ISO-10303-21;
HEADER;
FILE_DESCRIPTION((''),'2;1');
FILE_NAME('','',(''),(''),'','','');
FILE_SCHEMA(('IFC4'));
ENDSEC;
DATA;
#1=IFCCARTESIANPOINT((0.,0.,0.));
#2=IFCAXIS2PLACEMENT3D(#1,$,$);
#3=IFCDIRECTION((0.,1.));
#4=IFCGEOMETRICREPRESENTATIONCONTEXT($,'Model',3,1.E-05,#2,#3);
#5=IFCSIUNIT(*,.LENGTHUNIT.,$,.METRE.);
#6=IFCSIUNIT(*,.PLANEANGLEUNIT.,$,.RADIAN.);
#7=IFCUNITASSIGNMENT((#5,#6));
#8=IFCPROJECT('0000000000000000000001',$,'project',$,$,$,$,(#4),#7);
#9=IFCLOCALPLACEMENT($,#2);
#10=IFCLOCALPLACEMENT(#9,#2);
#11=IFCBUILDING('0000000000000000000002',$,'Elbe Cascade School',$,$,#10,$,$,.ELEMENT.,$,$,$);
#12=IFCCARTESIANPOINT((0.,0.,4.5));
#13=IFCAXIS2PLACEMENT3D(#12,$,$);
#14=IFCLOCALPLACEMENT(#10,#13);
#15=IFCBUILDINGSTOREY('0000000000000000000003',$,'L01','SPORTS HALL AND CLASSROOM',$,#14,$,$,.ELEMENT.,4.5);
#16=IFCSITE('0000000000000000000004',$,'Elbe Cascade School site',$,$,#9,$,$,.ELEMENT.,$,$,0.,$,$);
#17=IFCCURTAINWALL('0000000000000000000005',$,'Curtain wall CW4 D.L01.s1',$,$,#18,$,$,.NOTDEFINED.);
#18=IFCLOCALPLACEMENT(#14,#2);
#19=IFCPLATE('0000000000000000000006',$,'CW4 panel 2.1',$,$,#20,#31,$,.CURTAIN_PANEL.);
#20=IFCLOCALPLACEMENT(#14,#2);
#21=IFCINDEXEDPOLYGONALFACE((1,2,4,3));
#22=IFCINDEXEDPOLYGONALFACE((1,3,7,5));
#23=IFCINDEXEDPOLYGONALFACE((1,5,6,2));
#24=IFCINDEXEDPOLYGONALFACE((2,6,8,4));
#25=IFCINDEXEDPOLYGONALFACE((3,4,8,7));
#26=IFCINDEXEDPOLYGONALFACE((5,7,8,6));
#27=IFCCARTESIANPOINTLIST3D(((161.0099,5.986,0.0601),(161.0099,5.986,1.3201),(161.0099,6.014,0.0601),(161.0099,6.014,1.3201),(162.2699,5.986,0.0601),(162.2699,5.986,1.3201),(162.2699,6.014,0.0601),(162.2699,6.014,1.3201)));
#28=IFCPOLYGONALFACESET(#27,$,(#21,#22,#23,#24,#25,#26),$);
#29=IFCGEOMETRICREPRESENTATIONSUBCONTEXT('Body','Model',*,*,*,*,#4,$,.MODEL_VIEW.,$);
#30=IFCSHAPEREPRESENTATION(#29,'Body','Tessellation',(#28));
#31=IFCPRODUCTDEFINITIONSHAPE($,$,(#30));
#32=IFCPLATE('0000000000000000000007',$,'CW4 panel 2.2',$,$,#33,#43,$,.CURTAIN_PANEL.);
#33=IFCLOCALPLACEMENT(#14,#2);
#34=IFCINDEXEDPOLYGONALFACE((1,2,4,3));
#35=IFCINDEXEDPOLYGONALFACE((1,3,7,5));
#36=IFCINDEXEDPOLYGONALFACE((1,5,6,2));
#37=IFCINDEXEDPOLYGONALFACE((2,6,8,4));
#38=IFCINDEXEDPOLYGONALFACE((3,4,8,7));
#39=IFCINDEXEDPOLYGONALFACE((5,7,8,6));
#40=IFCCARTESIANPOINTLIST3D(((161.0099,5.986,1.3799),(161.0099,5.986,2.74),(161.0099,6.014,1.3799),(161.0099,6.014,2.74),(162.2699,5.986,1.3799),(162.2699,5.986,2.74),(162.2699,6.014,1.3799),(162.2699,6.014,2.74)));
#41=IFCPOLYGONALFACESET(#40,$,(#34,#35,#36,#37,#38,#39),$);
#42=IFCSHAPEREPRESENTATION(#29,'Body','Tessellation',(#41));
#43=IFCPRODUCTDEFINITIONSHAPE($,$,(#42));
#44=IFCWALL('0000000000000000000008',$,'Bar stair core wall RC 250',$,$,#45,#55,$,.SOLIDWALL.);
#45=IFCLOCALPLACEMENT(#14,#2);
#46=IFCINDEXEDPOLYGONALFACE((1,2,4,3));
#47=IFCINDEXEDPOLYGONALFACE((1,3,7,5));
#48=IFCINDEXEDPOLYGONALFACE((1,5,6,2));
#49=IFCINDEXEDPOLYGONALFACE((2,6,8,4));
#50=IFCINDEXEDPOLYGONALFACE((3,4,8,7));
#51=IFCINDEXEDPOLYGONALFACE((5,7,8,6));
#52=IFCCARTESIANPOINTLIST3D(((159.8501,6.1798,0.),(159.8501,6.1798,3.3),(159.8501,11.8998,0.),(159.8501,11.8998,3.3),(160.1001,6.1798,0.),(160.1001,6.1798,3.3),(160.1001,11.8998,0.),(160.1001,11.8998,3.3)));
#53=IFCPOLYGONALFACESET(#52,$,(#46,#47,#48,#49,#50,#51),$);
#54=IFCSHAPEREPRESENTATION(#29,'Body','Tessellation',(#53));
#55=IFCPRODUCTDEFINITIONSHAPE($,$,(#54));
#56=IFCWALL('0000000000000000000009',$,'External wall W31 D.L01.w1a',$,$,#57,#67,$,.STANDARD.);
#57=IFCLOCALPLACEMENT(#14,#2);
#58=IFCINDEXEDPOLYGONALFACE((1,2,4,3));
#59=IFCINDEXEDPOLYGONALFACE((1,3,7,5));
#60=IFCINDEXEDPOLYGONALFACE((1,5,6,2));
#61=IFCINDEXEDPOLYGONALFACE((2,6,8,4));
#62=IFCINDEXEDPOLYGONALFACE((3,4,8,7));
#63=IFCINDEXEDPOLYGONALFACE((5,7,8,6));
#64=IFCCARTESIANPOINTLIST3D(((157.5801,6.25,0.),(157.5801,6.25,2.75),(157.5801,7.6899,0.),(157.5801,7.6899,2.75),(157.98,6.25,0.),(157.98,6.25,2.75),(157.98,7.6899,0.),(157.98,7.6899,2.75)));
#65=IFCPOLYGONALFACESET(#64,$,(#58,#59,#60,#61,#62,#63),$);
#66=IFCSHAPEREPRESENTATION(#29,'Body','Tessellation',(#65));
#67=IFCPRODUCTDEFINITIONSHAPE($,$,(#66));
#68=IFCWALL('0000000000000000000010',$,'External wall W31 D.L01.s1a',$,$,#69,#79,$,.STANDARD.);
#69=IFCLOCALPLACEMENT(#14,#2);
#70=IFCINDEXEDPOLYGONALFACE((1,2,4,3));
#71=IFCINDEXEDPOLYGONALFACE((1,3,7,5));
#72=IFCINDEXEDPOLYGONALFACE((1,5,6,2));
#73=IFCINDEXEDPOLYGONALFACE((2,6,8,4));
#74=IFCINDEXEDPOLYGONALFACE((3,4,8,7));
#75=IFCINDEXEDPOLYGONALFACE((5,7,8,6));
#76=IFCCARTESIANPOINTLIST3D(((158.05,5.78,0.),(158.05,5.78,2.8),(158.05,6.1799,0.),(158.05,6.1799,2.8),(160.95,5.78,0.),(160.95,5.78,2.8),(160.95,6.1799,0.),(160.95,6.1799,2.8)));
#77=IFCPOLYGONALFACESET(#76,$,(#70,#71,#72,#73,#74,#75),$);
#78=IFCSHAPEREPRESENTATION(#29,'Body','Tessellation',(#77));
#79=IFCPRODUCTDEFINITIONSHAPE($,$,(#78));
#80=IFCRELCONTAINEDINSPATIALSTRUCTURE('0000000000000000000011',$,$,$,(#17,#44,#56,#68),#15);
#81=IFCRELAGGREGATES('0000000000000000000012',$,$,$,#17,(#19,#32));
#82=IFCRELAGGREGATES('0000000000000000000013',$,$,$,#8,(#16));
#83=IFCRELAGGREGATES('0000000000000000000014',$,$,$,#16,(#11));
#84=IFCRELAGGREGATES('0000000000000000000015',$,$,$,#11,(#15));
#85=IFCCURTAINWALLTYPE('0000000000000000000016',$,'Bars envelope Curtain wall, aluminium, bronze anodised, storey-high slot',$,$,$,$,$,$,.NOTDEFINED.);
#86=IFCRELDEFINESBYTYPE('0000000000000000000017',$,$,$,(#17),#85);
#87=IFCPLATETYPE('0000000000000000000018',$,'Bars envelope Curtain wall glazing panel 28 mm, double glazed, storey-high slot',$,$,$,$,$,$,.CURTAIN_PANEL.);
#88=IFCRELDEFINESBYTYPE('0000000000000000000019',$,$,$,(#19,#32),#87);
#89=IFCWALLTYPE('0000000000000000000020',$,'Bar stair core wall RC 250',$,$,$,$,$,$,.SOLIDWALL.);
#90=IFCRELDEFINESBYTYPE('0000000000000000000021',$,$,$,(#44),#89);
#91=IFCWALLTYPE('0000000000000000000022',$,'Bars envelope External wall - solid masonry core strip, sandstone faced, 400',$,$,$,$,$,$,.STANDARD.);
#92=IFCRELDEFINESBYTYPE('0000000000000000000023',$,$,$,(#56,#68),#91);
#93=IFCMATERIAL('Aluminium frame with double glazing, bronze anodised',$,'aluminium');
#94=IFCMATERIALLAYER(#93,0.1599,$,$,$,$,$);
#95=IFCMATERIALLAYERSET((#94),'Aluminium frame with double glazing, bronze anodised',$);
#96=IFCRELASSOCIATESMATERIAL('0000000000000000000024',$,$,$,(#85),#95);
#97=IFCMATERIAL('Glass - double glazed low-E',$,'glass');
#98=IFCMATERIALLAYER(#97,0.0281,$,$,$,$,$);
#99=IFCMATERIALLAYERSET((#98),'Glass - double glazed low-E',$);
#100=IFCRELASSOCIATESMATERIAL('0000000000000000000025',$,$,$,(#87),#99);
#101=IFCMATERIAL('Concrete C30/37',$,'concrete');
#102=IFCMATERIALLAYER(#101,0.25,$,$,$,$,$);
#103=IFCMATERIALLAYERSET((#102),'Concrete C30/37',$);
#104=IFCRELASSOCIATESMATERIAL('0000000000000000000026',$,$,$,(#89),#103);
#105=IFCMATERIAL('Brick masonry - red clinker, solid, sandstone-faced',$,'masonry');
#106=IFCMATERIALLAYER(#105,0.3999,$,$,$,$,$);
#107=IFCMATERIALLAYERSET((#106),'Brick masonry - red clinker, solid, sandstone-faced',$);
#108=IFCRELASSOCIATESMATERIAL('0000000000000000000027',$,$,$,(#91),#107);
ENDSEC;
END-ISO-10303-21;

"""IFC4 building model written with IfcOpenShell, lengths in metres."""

from ifc_helpers import new_model, si_unit, direction, frame, frame_2d, origin, origin_2d, place, context, subcontext, project, spatial, rectangle, extrude, material, layer, layer_set, type_object, element, aggregate, save


model = new_model("IFC4")

# Units and contexts
model_context = context("Model", 3, precision=1e-05, world=origin(), true_north=direction((0.0, 1.0)))
body_context = subcontext(model_context, "Body", "Model", "MODEL_VIEW")
ifc_project = project(units=[si_unit("LENGTHUNIT", "METRE"), si_unit("PLANEANGLEUNIT", "RADIAN")], contexts=[model_context])

# Site, building, storey
site_placement = place(None, origin())
site = spatial("IfcSite", under=ifc_project, at=site_placement, Name="Elbe Cascade School site", CompositionType="ELEMENT", RefElevation=0.0)
building_placement = place(site_placement, origin())
building = spatial("IfcBuilding", under=site, at=building_placement, Name="Elbe Cascade School", CompositionType="ELEMENT")
storey_placement = place(building_placement, frame((0.0, 0.0, 4.5)))
storey = spatial("IfcBuildingStorey", under=building, at=storey_placement, Name="L01", Description="SPORTS HALL AND CLASSROOM", CompositionType="ELEMENT", Elevation=4.5)

# Curtain wall
ifc_material_1 = material(Name="Aluminium frame with double glazing, bronze anodised", Category="aluminium")
ifc_layer_1 = layer(ifc_material_1, 0.1599)
ifc_layer_set_1 = layer_set([ifc_layer_1], Name="Aluminium frame with double glazing, bronze anodised")
curtain_wall_type = type_object("IfcCurtainWallType", Name="Bars envelope Curtain wall, aluminium, bronze anodised, storey-high slot", PredefinedType="NOTDEFINED", material=ifc_layer_set_1)
curtain_wall_placement = place(storey_placement, origin())
curtain_wall = element("IfcCurtainWall", 1, at=curtain_wall_placement, inside=storey, type_object=curtain_wall_type, Name="Curtain wall CW4 D.L01.s1", PredefinedType="NOTDEFINED")

# Plates
ifc_material_2 = material(Name="Glass - double glazed low-E", Category="glass")
ifc_layer_2 = layer(ifc_material_2, 0.0281)
ifc_layer_set_2 = layer_set([ifc_layer_2], Name="Glass - double glazed low-E")
plate_type = type_object("IfcPlateType", Name="Bars envelope Curtain wall glazing panel 28 mm, double glazed, storey-high slot", PredefinedType="CURTAIN_PANEL", material=ifc_layer_set_2)
plate_1_placement = place(storey_placement, frame((161.6399, 6.0, 0.0601), z_axis=(0.0, 0.0, 1.0), x_axis=(-1.0, 0.0, 0.0)))
plate_1 = element("IfcPlate", 2, at=plate_1_placement, type_object=plate_type, Name="CW4 panel 2.1", PredefinedType="CURTAIN_PANEL", context=body_context, shape_type="SweptSolid", body=[
    extrude(rectangle(XDim=1.26, YDim=0.0281, at=origin_2d()), origin(), (0.0, 0.0, 1.0), 1.26),
])
plate_2_placement = place(storey_placement, frame((161.6399, 6.0, 1.3799), z_axis=(0.0, 0.0, 1.0), x_axis=(-1.0, 0.0, 0.0)))
plate_2 = element("IfcPlate", 3, at=plate_2_placement, type_object=plate_type, Name="CW4 panel 2.2", PredefinedType="CURTAIN_PANEL", context=body_context, shape_type="SweptSolid", body=[
    extrude(rectangle(XDim=1.26, YDim=0.0281, at=origin_2d()), origin(), (0.0, 0.0, 1.0), 1.3601),
])
aggregate(curtain_wall, [plate_1, plate_2])

# Walls
ifc_material_3 = material(Name="Concrete C30/37", Category="concrete")
ifc_layer_3 = layer(ifc_material_3, 0.25)
ifc_layer_set_3 = layer_set([ifc_layer_3], Name="Concrete C30/37")
wall_type_1 = type_object("IfcWallType", Name="Bar stair core wall RC 250", PredefinedType="SOLIDWALL", material=ifc_layer_set_3)
wall_1_placement = place(storey_placement, frame((159.9751, 6.1799, 0.0), z_axis=(0.0, 0.0, 1.0), x_axis=(0.0, 1.0, 0.0)))
element("IfcWall", 4, at=wall_1_placement, inside=storey, type_object=wall_type_1, Name="Bar stair core wall RC 250", PredefinedType="SOLIDWALL", context=body_context, shape_type="SweptSolid", body=[
    extrude(rectangle(XDim=5.72, YDim=0.25, at=frame_2d((2.8599, 0.0))), origin(), (0.0, 0.0, 1.0), 3.3),
])
ifc_material_4 = material(Name="Brick masonry - red clinker, solid, sandstone-faced", Category="masonry")
ifc_layer_4 = layer(ifc_material_4, 0.3999)
ifc_layer_set_4 = layer_set([ifc_layer_4], Name="Brick masonry - red clinker, solid, sandstone-faced")
wall_type_2 = type_object("IfcWallType", Name="Bars envelope External wall - solid masonry core strip, sandstone faced, 400", PredefinedType="STANDARD", material=ifc_layer_set_4)
wall_2_placement = place(storey_placement, frame((157.78, 6.25, 0.0), z_axis=(0.0, 0.0, 1.0), x_axis=(0.0, 1.0, 0.0)))
element("IfcWall", 5, at=wall_2_placement, inside=storey, type_object=wall_type_2, Name="External wall W31 D.L01.w1a", PredefinedType="STANDARD", context=body_context, shape_type="SweptSolid", body=[
    extrude(rectangle(XDim=1.4399, YDim=0.3999, at=frame_2d((0.72, 0.0))), origin(), (0.0, 0.0, 1.0), 2.75),
])
wall_3_placement = place(storey_placement, frame((160.95, 5.98, 0.0), z_axis=(0.0, 0.0, 1.0), x_axis=(-1.0, 0.0, 0.0)))
element("IfcWall", 6, at=wall_3_placement, inside=storey, type_object=wall_type_2, Name="External wall W31 D.L01.s1a", PredefinedType="STANDARD", context=body_context, shape_type="SweptSolid", body=[
    extrude(rectangle(XDim=2.8999, YDim=0.3999, at=frame_2d((1.45, 0.0))), origin(), (0.0, 0.0, 1.0), 2.8),
])

save(model, "model.ifc")
